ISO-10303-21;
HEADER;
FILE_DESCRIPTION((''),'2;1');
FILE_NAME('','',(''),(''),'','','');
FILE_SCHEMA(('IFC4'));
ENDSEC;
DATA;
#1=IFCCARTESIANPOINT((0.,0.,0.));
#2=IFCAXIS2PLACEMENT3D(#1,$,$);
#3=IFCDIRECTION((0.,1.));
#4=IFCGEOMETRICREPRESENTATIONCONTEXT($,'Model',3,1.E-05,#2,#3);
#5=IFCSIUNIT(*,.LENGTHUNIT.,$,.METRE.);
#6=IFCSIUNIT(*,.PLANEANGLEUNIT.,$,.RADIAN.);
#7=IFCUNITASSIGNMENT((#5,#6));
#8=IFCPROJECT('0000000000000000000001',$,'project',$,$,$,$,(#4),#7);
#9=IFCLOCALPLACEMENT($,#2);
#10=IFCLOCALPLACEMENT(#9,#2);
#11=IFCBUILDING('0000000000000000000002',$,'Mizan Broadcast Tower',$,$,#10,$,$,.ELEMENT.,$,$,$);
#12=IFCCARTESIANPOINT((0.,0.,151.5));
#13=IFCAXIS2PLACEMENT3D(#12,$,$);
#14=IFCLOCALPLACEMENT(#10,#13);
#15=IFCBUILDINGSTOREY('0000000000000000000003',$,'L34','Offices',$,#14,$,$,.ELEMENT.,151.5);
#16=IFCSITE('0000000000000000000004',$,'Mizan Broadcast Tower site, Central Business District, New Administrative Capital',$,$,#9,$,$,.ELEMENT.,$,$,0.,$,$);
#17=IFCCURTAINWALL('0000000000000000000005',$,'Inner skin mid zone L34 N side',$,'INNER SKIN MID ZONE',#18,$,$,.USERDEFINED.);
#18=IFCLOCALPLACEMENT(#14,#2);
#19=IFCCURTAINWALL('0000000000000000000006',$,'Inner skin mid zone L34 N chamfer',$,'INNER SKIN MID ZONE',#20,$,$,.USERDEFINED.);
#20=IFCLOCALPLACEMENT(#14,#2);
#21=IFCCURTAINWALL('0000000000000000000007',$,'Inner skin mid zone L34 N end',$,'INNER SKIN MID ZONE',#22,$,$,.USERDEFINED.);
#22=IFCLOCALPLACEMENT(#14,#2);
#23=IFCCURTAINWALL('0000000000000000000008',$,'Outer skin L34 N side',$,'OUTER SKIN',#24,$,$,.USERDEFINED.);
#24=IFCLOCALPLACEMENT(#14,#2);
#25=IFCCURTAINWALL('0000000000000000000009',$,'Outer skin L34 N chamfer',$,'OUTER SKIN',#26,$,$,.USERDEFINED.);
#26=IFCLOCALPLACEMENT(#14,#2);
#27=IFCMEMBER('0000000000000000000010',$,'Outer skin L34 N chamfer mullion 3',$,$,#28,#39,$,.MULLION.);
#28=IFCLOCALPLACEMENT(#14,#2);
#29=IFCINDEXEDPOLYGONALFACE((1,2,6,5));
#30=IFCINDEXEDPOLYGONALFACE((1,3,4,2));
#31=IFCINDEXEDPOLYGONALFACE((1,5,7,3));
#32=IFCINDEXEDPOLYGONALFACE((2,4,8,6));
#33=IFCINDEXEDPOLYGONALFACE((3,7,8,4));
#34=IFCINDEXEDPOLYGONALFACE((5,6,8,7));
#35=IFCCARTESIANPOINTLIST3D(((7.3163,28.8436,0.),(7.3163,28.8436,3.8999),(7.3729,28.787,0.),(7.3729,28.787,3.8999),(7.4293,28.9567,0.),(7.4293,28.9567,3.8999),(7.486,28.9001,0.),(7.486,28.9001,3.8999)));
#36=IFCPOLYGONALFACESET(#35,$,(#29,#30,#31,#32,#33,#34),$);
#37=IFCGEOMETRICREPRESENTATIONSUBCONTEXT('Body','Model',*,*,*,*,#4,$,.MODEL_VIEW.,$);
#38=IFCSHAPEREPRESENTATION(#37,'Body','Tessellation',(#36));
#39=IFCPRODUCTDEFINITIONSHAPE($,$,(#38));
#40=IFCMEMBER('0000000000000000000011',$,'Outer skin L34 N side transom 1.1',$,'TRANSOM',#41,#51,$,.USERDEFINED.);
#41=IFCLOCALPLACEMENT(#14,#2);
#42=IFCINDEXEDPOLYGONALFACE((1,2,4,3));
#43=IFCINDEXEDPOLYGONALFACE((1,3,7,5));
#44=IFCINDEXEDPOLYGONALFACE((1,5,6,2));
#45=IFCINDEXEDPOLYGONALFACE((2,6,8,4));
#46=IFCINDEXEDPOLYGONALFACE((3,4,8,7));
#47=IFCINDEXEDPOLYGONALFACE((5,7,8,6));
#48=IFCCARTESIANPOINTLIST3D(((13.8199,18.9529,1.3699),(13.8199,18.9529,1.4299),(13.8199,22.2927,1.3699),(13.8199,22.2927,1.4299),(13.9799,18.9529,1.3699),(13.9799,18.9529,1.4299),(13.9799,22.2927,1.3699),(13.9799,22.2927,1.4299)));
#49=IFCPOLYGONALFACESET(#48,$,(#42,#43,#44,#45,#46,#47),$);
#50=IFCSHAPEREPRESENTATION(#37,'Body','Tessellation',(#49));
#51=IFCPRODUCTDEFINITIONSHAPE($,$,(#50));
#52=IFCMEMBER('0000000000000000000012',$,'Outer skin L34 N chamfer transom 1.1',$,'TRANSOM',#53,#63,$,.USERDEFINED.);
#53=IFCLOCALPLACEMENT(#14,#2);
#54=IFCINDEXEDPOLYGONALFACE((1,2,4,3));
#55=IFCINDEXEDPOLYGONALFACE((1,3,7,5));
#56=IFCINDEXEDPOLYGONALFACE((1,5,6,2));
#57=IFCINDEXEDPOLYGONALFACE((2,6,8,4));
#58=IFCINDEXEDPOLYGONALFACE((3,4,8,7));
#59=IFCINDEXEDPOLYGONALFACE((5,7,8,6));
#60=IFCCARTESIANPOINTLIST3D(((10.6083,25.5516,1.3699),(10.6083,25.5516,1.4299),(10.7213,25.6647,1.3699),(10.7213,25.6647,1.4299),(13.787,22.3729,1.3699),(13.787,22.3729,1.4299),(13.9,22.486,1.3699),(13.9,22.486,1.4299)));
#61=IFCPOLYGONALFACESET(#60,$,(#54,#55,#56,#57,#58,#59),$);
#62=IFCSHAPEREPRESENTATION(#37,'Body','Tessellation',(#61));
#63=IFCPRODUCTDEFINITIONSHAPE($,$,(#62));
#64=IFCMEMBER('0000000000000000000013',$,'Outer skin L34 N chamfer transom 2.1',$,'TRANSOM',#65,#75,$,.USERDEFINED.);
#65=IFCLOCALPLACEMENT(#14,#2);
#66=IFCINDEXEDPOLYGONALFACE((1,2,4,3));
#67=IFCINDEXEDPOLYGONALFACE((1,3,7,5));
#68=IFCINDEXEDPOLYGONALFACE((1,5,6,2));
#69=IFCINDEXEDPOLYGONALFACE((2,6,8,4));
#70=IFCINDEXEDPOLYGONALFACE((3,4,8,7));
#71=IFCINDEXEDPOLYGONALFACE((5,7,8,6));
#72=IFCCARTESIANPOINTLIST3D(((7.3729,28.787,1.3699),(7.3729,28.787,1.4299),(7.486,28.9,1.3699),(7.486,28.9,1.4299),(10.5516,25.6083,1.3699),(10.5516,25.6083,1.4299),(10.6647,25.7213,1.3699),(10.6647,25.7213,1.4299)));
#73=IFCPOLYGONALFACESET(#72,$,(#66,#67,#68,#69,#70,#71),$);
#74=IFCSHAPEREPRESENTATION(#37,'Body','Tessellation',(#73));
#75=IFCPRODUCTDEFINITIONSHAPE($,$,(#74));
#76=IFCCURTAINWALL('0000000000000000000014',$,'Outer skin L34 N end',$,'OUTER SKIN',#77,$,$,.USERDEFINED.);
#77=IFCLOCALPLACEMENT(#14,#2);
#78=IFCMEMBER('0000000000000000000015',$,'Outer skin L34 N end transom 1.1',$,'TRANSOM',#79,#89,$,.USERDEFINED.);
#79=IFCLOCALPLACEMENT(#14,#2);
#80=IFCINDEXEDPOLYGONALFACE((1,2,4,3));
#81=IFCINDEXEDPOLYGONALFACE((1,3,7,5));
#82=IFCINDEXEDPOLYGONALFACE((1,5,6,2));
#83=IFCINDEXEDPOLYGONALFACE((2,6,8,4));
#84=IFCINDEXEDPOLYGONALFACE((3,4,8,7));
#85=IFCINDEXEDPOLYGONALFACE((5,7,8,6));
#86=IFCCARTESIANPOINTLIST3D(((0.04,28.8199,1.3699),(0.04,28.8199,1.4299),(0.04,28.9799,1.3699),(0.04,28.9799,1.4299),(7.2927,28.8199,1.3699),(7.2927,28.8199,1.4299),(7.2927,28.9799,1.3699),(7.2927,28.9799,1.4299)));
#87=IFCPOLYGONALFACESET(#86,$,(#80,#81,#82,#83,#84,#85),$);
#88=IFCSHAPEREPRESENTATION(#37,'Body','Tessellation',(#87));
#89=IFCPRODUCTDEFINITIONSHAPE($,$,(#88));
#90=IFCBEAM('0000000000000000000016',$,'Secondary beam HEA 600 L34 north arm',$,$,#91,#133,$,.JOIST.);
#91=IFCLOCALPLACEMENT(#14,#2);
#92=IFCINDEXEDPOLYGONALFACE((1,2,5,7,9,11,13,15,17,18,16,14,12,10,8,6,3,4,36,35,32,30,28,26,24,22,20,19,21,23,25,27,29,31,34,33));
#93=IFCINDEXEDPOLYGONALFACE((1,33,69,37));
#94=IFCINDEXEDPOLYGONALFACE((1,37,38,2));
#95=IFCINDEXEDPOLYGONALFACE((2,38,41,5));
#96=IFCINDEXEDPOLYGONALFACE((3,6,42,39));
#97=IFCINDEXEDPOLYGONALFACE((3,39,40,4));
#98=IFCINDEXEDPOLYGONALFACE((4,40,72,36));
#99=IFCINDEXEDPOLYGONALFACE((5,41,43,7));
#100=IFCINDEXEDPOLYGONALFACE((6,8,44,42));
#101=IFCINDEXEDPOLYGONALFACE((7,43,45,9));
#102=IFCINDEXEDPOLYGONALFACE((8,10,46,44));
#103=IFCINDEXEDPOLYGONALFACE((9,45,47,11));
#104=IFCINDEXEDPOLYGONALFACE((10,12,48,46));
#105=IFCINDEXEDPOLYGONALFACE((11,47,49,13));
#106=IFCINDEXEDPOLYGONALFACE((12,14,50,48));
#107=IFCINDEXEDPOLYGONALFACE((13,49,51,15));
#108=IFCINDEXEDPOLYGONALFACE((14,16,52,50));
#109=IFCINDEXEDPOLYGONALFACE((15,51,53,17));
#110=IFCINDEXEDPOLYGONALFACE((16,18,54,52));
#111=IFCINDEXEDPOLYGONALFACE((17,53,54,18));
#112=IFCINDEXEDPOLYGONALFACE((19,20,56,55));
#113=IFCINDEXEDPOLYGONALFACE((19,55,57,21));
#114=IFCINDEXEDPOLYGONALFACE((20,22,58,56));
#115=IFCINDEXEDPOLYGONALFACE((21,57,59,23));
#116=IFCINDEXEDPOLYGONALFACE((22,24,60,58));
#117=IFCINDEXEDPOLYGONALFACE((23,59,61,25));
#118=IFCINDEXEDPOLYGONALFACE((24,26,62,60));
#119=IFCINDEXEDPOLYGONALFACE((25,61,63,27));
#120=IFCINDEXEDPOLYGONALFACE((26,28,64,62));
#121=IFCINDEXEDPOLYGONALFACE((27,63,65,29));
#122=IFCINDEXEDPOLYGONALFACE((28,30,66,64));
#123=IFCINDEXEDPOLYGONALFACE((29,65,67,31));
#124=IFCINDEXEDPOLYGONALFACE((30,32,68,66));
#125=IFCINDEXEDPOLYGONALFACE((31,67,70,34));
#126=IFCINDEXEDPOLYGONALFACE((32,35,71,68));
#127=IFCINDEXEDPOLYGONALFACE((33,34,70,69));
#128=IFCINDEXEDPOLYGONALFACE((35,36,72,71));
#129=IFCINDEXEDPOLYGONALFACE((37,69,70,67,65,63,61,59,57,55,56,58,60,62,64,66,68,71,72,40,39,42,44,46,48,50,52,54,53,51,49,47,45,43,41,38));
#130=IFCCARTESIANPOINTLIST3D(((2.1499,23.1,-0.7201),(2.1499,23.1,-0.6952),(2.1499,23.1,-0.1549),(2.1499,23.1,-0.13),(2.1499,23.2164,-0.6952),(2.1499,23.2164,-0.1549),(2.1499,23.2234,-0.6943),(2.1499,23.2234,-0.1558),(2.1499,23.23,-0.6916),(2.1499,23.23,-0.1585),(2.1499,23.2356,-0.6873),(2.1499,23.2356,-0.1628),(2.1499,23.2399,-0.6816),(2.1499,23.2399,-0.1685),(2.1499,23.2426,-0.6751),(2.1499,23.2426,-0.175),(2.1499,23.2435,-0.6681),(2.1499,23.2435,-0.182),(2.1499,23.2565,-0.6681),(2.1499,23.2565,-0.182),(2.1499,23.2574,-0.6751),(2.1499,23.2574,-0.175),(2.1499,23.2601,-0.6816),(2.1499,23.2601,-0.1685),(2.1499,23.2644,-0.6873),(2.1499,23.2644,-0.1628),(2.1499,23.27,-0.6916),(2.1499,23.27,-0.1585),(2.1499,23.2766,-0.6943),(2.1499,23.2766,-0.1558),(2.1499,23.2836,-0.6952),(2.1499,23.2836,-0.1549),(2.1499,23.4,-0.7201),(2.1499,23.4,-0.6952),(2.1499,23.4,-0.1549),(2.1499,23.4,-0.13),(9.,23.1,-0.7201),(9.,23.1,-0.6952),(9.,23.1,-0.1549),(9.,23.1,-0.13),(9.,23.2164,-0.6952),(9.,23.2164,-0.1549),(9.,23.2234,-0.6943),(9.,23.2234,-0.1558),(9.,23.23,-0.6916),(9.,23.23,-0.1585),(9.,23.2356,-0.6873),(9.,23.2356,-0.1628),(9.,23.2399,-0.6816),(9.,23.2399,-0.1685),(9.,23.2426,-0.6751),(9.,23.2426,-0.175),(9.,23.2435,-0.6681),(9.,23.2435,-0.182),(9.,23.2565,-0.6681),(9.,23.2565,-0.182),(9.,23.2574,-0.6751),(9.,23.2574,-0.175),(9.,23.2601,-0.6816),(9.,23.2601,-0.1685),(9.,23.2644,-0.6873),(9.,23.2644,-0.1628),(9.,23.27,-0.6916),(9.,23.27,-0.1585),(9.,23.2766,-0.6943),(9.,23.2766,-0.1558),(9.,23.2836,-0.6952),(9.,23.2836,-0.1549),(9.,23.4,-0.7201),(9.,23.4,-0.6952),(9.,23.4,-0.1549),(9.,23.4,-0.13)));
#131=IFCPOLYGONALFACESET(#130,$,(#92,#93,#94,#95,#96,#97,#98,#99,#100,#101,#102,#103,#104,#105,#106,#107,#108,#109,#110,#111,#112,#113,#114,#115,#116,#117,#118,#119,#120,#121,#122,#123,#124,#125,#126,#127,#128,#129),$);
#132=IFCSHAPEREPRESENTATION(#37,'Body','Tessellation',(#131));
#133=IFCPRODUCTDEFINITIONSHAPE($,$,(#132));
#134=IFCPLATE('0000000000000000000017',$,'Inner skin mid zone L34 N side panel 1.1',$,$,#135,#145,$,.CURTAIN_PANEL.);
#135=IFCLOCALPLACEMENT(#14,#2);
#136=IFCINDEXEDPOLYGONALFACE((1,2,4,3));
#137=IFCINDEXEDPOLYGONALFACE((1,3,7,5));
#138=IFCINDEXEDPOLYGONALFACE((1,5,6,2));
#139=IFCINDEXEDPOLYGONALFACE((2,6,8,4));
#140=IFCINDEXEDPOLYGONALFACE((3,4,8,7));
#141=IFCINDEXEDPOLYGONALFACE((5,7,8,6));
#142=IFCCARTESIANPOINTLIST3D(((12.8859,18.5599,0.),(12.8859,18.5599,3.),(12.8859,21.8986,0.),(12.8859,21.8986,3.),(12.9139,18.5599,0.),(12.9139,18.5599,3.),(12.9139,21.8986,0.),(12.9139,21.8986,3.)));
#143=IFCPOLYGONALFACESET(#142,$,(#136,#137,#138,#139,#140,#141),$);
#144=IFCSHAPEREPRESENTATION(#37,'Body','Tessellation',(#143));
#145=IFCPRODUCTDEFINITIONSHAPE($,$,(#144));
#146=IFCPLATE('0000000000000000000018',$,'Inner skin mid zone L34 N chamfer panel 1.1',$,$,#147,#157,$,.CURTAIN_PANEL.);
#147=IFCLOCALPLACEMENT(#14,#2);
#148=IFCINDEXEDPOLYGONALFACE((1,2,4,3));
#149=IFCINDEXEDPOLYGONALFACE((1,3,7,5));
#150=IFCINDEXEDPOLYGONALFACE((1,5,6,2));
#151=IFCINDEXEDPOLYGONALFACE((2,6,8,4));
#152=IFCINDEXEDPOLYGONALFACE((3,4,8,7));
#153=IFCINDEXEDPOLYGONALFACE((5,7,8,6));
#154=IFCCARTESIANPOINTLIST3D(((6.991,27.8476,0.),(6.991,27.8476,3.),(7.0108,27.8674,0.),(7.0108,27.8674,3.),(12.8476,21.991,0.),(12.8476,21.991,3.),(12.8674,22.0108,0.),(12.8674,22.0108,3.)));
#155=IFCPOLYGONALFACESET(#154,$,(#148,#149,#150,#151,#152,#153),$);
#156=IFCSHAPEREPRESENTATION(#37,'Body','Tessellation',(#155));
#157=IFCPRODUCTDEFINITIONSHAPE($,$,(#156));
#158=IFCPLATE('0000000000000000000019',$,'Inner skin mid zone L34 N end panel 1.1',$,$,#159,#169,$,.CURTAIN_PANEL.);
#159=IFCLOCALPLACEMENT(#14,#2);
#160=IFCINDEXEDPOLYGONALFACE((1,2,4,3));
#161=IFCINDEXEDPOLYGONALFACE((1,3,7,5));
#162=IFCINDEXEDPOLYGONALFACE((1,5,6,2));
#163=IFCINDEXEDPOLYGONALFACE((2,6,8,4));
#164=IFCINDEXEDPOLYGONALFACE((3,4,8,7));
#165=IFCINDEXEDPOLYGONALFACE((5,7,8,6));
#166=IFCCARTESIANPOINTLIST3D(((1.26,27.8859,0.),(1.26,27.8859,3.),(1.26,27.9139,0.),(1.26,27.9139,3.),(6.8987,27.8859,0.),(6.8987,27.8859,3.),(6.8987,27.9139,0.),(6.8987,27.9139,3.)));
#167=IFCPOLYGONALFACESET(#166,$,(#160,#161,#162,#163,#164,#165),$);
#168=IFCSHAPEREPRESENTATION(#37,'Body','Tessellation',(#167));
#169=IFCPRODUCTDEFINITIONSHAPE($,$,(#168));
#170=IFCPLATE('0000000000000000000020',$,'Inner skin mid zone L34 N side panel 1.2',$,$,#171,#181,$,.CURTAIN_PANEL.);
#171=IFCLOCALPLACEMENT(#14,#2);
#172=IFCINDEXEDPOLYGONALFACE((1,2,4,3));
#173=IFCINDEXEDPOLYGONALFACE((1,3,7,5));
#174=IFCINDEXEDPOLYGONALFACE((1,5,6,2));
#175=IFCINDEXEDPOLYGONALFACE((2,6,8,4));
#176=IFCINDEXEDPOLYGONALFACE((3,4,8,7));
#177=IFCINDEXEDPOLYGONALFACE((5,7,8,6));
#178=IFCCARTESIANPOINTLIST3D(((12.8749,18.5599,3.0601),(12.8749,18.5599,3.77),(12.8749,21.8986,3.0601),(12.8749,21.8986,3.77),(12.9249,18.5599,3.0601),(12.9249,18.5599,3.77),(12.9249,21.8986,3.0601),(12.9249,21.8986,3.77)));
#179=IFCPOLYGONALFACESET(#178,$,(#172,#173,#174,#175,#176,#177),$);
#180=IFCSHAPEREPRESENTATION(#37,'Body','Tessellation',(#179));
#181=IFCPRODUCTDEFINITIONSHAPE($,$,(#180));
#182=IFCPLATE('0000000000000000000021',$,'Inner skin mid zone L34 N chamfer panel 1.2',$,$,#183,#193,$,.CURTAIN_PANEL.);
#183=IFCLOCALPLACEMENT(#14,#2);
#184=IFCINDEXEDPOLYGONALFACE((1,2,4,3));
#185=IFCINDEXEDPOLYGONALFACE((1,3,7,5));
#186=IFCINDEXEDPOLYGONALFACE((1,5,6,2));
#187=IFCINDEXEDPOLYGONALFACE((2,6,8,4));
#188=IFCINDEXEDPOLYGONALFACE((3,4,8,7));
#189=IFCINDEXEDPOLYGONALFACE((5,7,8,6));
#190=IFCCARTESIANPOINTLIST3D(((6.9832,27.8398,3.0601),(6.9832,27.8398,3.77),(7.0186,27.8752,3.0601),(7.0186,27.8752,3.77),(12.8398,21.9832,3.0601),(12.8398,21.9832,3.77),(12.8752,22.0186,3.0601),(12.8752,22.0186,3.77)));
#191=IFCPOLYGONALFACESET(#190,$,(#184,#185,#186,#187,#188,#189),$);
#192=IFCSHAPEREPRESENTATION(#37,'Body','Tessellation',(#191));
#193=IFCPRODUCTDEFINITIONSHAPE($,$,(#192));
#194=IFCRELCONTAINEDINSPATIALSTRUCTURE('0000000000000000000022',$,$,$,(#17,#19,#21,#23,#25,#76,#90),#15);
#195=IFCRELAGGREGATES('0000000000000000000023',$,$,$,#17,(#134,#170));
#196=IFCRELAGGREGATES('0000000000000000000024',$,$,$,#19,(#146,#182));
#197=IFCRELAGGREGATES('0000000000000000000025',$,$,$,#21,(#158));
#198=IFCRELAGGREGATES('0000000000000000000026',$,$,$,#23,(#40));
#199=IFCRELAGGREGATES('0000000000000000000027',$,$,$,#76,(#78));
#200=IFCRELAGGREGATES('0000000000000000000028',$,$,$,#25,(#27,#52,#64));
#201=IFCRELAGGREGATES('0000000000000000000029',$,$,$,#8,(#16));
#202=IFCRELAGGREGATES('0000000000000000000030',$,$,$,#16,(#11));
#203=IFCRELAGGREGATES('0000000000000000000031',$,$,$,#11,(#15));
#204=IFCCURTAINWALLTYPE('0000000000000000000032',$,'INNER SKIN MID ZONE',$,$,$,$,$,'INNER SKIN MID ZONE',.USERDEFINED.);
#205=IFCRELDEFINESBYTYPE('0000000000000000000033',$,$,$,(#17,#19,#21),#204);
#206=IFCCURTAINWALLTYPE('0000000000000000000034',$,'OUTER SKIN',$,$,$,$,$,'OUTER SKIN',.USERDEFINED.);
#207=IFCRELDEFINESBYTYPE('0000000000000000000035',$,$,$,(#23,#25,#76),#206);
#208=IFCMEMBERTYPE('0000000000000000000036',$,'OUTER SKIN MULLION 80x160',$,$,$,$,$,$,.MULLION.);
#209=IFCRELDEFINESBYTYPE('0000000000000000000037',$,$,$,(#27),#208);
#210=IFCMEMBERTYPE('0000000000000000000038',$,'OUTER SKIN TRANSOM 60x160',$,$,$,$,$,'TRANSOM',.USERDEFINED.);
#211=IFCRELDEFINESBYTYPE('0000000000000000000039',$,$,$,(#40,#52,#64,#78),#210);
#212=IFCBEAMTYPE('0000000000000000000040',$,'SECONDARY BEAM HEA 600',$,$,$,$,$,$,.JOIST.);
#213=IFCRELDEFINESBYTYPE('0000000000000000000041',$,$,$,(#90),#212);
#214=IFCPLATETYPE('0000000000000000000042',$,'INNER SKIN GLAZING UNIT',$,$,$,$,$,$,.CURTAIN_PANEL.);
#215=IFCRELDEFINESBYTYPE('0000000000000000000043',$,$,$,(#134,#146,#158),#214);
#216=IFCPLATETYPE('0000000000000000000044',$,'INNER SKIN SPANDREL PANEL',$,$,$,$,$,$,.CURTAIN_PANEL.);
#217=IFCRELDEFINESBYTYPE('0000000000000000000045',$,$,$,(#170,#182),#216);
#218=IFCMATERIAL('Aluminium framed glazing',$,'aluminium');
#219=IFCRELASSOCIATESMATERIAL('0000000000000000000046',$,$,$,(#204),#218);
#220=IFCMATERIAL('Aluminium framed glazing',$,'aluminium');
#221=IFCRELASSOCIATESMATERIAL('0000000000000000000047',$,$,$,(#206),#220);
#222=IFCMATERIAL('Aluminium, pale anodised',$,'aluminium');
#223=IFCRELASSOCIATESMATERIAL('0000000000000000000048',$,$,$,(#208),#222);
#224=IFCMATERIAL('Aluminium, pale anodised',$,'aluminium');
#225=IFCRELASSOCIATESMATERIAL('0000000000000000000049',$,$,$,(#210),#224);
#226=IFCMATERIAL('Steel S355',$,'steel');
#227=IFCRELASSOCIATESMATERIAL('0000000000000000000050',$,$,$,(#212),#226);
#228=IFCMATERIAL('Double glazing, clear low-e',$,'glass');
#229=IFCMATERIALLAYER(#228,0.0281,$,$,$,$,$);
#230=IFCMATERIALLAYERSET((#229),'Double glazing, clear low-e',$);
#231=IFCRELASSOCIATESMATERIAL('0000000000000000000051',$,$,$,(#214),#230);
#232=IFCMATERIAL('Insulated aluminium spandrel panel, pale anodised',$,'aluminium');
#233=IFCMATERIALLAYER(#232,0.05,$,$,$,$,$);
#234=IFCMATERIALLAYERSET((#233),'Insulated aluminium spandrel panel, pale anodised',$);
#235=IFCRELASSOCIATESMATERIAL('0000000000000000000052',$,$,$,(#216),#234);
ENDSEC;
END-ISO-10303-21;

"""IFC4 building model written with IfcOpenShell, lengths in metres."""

from ifc_helpers import new_model, si_unit, direction, frame, origin, origin_2d, place, context, subcontext, project, spatial, rectangle, i_section, extrude, material, layer, layer_set, material_profile, profile_set, type_object, element, aggregate, save


model = new_model("IFC4")

# Units and contexts
model_context = context("Model", 3, precision=1e-05, world=origin(), true_north=direction((0.0, 1.0)))
body_context = subcontext(model_context, "Body", "Model", "MODEL_VIEW")
ifc_project = project(units=[si_unit("LENGTHUNIT", "METRE"), si_unit("PLANEANGLEUNIT", "RADIAN")], contexts=[model_context])

# Site, building, storey
site_placement = place(None, origin())
site = spatial("IfcSite", under=ifc_project, at=site_placement, Name="Mizan Broadcast Tower site, Central Business District, New Administrative Capital", CompositionType="ELEMENT", RefElevation=0.0)
building_placement = place(site_placement, origin())
building = spatial("IfcBuilding", under=site, at=building_placement, Name="Mizan Broadcast Tower", CompositionType="ELEMENT")
storey_placement = place(building_placement, frame((0.0, 0.0, 151.5)))
storey = spatial("IfcBuildingStorey", under=building, at=storey_placement, Name="L34", Description="Offices", CompositionType="ELEMENT", Elevation=151.5)

# Curtain walls
ifc_material_1 = material(Name="Aluminium framed glazing", Category="aluminium")
curtain_wall_type_1 = type_object("IfcCurtainWallType", Name="INNER SKIN MID ZONE", ElementType="INNER SKIN MID ZONE", PredefinedType="USERDEFINED", material=ifc_material_1)
curtain_wall_1_placement = place(storey_placement, origin())
curtain_wall_1 = element("IfcCurtainWall", 1, at=curtain_wall_1_placement, inside=storey, type_object=curtain_wall_type_1, Name="Inner skin mid zone L34 N side", ObjectType="INNER SKIN MID ZONE", PredefinedType="USERDEFINED")
curtain_wall_2_placement = place(storey_placement, origin())
curtain_wall_2 = element("IfcCurtainWall", 2, at=curtain_wall_2_placement, inside=storey, type_object=curtain_wall_type_1, Name="Inner skin mid zone L34 N chamfer", ObjectType="INNER SKIN MID ZONE", PredefinedType="USERDEFINED")
curtain_wall_3_placement = place(storey_placement, origin())
curtain_wall_3 = element("IfcCurtainWall", 3, at=curtain_wall_3_placement, inside=storey, type_object=curtain_wall_type_1, Name="Inner skin mid zone L34 N end", ObjectType="INNER SKIN MID ZONE", PredefinedType="USERDEFINED")

# Curtain wall
ifc_material_2 = material(Name="Aluminium framed glazing", Category="aluminium")
curtain_wall_type_2 = type_object("IfcCurtainWallType", Name="OUTER SKIN", ElementType="OUTER SKIN", PredefinedType="USERDEFINED", material=ifc_material_2)
curtain_wall_4_placement = place(storey_placement, origin())
curtain_wall_4 = element("IfcCurtainWall", 4, at=curtain_wall_4_placement, inside=storey, type_object=curtain_wall_type_2, Name="Outer skin L34 N side", ObjectType="OUTER SKIN", PredefinedType="USERDEFINED")
ifc_material_3 = material(Name="Aluminium, pale anodised", Category="aluminium")
ifc_material_profile_1 = material_profile(ifc_material_3, rectangle(XDim=0.1599, YDim=0.0801, at=origin_2d()), Name="MULLION 160x80")
ifc_profile_set_1 = profile_set([ifc_material_profile_1], Name="Aluminium, pale anodised")
member_type_1 = type_object("IfcMemberType", Name="OUTER SKIN MULLION 80x160", PredefinedType="MULLION", material=ifc_profile_set_1)

# Curtain wall, member
curtain_wall_5_placement = place(storey_placement, origin())
curtain_wall_5 = element("IfcCurtainWall", 5, at=curtain_wall_5_placement, inside=storey, type_object=curtain_wall_type_2, Name="Outer skin L34 N chamfer", ObjectType="OUTER SKIN", PredefinedType="USERDEFINED")
member_1_placement = place(storey_placement, frame((7.4011, 28.8718, 0.0), z_axis=(0.0, 0.0, 1.0), x_axis=(-0.707107, -0.707107, 0.0)))
member_1 = element("IfcMember", 6, at=member_1_placement, type_object=member_type_1, Name="Outer skin L34 N chamfer mullion 3", PredefinedType="MULLION", context=body_context, shape_type="SweptSolid", body=[
    extrude(rectangle(XDim=0.1599, YDim=0.0801, at=origin_2d()), origin(), (0.0, 0.0, 1.0), 3.8999),
])

# Members
ifc_material_4 = material(Name="Aluminium, pale anodised", Category="aluminium")
ifc_material_profile_2 = material_profile(ifc_material_4, rectangle(XDim=0.1599, YDim=0.0601, at=origin_2d()), Name="TRANSOM 160x60")
ifc_profile_set_2 = profile_set([ifc_material_profile_2], Name="Aluminium, pale anodised")
member_type_2 = type_object("IfcMemberType", Name="OUTER SKIN TRANSOM 60x160", ElementType="TRANSOM", PredefinedType="USERDEFINED", material=ifc_profile_set_2)
member_2_placement = place(storey_placement, frame((13.8999, 18.9529, 1.3999), z_axis=(0.0, 1.0, 0.0), x_axis=(-1.0, 0.0, 0.0)))
member_2 = element("IfcMember", 7, at=member_2_placement, type_object=member_type_2, Name="Outer skin L34 N side transom 1.1", ObjectType="TRANSOM", PredefinedType="USERDEFINED", context=body_context, shape_type="SweptSolid", body=[
    extrude(rectangle(XDim=0.1599, YDim=0.0601, at=origin_2d()), origin(), (0.0, 0.0, 1.0), 3.3398),
])
member_3_placement = place(storey_placement, frame((13.8435, 22.4294, 1.3999), z_axis=(-0.707107, 0.707107, 0.0), x_axis=(-0.707107, -0.707107, 0.0)))
member_3 = element("IfcMember", 8, at=member_3_placement, type_object=member_type_2, Name="Outer skin L34 N chamfer transom 1.1", ObjectType="TRANSOM", PredefinedType="USERDEFINED", context=body_context, shape_type="SweptSolid", body=[
    extrude(rectangle(XDim=0.1599, YDim=0.0601, at=origin_2d()), origin(), (0.0, 0.0, 1.0), 4.4954),
])
member_4_placement = place(storey_placement, frame((10.6082, 25.6648, 1.3999), z_axis=(-0.707107, 0.707107, 0.0), x_axis=(-0.707107, -0.707107, 0.0)))
member_4 = element("IfcMember", 9, at=member_4_placement, type_object=member_type_2, Name="Outer skin L34 N chamfer transom 2.1", ObjectType="TRANSOM", PredefinedType="USERDEFINED", context=body_context, shape_type="SweptSolid", body=[
    extrude(rectangle(XDim=0.1599, YDim=0.0601, at=origin_2d()), origin(), (0.0, 0.0, 1.0), 4.4954),
])

# Curtain wall, member
curtain_wall_6_placement = place(storey_placement, origin())
curtain_wall_6 = element("IfcCurtainWall", 10, at=curtain_wall_6_placement, inside=storey, type_object=curtain_wall_type_2, Name="Outer skin L34 N end", ObjectType="OUTER SKIN", PredefinedType="USERDEFINED")
member_5_placement = place(storey_placement, frame((7.2927, 28.8999, 1.3999), z_axis=(-1.0, 0.0, 0.0), x_axis=(0.0, -1.0, 0.0)))
member_5 = element("IfcMember", 11, at=member_5_placement, type_object=member_type_2, Name="Outer skin L34 N end transom 1.1", ObjectType="TRANSOM", PredefinedType="USERDEFINED", context=body_context, shape_type="SweptSolid", body=[
    extrude(rectangle(XDim=0.1599, YDim=0.0601, at=origin_2d()), origin(), (0.0, 0.0, 1.0), 7.2527),
])

# Beam
ifc_material_5 = material(Name="Steel S355", Category="steel")
ifc_material_profile_3 = material_profile(ifc_material_5, i_section(OverallWidth=0.3, OverallDepth=0.5901, WebThickness=0.0129, FlangeThickness=0.0249, FilletRadius=0.0271, at=origin_2d()), Name="HEA 600")
ifc_profile_set_3 = profile_set([ifc_material_profile_3], Name="Steel S355")
beam_type_1 = type_object("IfcBeamType", Name="SECONDARY BEAM HEA 600", PredefinedType="JOIST", material=ifc_profile_set_3)
beam_1_placement = place(storey_placement, frame((9.0, 23.25, -0.425), z_axis=(-1.0, 0.0, 0.0), x_axis=(0.0, -1.0, 0.0)))
element("IfcBeam", 12, at=beam_1_placement, inside=storey, type_object=beam_type_1, Name="Secondary beam HEA 600 L34 north arm", PredefinedType="JOIST", context=body_context, shape_type="SweptSolid", body=[
    extrude(i_section(OverallWidth=0.3, OverallDepth=0.5901, WebThickness=0.0129, FlangeThickness=0.0249, FilletRadius=0.0271, at=origin_2d()), origin(), (0.0, 0.0, 1.0), 6.8501),
])

# Plates
ifc_material_6 = material(Name="Double glazing, clear low-e", Category="glass")
ifc_layer_1 = layer(ifc_material_6, 0.0281)
ifc_layer_set_1 = layer_set([ifc_layer_1], Name="Double glazing, clear low-e")
plate_type_1 = type_object("IfcPlateType", Name="INNER SKIN GLAZING UNIT", PredefinedType="CURTAIN_PANEL", material=ifc_layer_set_1)
plate_1_placement = place(storey_placement, frame((12.8999, 20.2292, 0.0), z_axis=(0.0, 0.0, 1.0), x_axis=(0.0, 1.0, 0.0)))
plate_1 = element("IfcPlate", 13, at=plate_1_placement, type_object=plate_type_1, Name="Inner skin mid zone L34 N side panel 1.1", PredefinedType="CURTAIN_PANEL", context=body_context, shape_type="SweptSolid", body=[
    extrude(rectangle(XDim=3.3386, YDim=0.0281, at=origin_2d()), origin(), (0.0, 0.0, 1.0), 3.0),
])
plate_2_placement = place(storey_placement, frame((9.9292, 24.9292, 0.0), z_axis=(0.0, 0.0, 1.0), x_axis=(-0.707107, 0.707107, 0.0)))
plate_2 = element("IfcPlate", 14, at=plate_2_placement, type_object=plate_type_1, Name="Inner skin mid zone L34 N chamfer panel 1.1", PredefinedType="CURTAIN_PANEL", context=body_context, shape_type="SweptSolid", body=[
    extrude(rectangle(XDim=8.2825, YDim=0.0281, at=origin_2d()), origin(), (0.0, 0.0, 1.0), 3.0),
])
plate_3_placement = place(storey_placement, frame((4.0793, 27.8999, 0.0), z_axis=(0.0, 0.0, 1.0), x_axis=(-1.0, 0.0, 0.0)))
plate_3 = element("IfcPlate", 15, at=plate_3_placement, type_object=plate_type_1, Name="Inner skin mid zone L34 N end panel 1.1", PredefinedType="CURTAIN_PANEL", context=body_context, shape_type="SweptSolid", body=[
    extrude(rectangle(XDim=5.6387, YDim=0.0281, at=origin_2d()), origin(), (0.0, 0.0, 1.0), 3.0),
])
ifc_material_7 = material(Name="Insulated aluminium spandrel panel, pale anodised", Category="aluminium")
ifc_layer_2 = layer(ifc_material_7, 0.05)
ifc_layer_set_2 = layer_set([ifc_layer_2], Name="Insulated aluminium spandrel panel, pale anodised")
plate_type_2 = type_object("IfcPlateType", Name="INNER SKIN SPANDREL PANEL", PredefinedType="CURTAIN_PANEL", material=ifc_layer_set_2)
plate_4_placement = place(storey_placement, frame((12.8999, 20.2292, 3.0601), z_axis=(0.0, 0.0, 1.0), x_axis=(0.0, 1.0, 0.0)))
plate_4 = element("IfcPlate", 16, at=plate_4_placement, type_object=plate_type_2, Name="Inner skin mid zone L34 N side panel 1.2", PredefinedType="CURTAIN_PANEL", context=body_context, shape_type="SweptSolid", body=[
    extrude(rectangle(XDim=3.3386, YDim=0.05, at=origin_2d()), origin(), (0.0, 0.0, 1.0), 0.71),
])
aggregate(curtain_wall_1, [plate_1, plate_4])
plate_5_placement = place(storey_placement, frame((9.9292, 24.9292, 3.0601), z_axis=(0.0, 0.0, 1.0), x_axis=(-0.707107, 0.707107, 0.0)))
plate_5 = element("IfcPlate", 17, at=plate_5_placement, type_object=plate_type_2, Name="Inner skin mid zone L34 N chamfer panel 1.2", PredefinedType="CURTAIN_PANEL", context=body_context, shape_type="SweptSolid", body=[
    extrude(rectangle(XDim=8.2825, YDim=0.05, at=origin_2d()), origin(), (0.0, 0.0, 1.0), 0.71),
])
aggregate(curtain_wall_2, [plate_2, plate_5])
aggregate(curtain_wall_3, [plate_3])
aggregate(curtain_wall_4, [member_2])
aggregate(curtain_wall_6, [member_5])
aggregate(curtain_wall_5, [member_1, member_3, member_4])

save(model, "model.ifc")
